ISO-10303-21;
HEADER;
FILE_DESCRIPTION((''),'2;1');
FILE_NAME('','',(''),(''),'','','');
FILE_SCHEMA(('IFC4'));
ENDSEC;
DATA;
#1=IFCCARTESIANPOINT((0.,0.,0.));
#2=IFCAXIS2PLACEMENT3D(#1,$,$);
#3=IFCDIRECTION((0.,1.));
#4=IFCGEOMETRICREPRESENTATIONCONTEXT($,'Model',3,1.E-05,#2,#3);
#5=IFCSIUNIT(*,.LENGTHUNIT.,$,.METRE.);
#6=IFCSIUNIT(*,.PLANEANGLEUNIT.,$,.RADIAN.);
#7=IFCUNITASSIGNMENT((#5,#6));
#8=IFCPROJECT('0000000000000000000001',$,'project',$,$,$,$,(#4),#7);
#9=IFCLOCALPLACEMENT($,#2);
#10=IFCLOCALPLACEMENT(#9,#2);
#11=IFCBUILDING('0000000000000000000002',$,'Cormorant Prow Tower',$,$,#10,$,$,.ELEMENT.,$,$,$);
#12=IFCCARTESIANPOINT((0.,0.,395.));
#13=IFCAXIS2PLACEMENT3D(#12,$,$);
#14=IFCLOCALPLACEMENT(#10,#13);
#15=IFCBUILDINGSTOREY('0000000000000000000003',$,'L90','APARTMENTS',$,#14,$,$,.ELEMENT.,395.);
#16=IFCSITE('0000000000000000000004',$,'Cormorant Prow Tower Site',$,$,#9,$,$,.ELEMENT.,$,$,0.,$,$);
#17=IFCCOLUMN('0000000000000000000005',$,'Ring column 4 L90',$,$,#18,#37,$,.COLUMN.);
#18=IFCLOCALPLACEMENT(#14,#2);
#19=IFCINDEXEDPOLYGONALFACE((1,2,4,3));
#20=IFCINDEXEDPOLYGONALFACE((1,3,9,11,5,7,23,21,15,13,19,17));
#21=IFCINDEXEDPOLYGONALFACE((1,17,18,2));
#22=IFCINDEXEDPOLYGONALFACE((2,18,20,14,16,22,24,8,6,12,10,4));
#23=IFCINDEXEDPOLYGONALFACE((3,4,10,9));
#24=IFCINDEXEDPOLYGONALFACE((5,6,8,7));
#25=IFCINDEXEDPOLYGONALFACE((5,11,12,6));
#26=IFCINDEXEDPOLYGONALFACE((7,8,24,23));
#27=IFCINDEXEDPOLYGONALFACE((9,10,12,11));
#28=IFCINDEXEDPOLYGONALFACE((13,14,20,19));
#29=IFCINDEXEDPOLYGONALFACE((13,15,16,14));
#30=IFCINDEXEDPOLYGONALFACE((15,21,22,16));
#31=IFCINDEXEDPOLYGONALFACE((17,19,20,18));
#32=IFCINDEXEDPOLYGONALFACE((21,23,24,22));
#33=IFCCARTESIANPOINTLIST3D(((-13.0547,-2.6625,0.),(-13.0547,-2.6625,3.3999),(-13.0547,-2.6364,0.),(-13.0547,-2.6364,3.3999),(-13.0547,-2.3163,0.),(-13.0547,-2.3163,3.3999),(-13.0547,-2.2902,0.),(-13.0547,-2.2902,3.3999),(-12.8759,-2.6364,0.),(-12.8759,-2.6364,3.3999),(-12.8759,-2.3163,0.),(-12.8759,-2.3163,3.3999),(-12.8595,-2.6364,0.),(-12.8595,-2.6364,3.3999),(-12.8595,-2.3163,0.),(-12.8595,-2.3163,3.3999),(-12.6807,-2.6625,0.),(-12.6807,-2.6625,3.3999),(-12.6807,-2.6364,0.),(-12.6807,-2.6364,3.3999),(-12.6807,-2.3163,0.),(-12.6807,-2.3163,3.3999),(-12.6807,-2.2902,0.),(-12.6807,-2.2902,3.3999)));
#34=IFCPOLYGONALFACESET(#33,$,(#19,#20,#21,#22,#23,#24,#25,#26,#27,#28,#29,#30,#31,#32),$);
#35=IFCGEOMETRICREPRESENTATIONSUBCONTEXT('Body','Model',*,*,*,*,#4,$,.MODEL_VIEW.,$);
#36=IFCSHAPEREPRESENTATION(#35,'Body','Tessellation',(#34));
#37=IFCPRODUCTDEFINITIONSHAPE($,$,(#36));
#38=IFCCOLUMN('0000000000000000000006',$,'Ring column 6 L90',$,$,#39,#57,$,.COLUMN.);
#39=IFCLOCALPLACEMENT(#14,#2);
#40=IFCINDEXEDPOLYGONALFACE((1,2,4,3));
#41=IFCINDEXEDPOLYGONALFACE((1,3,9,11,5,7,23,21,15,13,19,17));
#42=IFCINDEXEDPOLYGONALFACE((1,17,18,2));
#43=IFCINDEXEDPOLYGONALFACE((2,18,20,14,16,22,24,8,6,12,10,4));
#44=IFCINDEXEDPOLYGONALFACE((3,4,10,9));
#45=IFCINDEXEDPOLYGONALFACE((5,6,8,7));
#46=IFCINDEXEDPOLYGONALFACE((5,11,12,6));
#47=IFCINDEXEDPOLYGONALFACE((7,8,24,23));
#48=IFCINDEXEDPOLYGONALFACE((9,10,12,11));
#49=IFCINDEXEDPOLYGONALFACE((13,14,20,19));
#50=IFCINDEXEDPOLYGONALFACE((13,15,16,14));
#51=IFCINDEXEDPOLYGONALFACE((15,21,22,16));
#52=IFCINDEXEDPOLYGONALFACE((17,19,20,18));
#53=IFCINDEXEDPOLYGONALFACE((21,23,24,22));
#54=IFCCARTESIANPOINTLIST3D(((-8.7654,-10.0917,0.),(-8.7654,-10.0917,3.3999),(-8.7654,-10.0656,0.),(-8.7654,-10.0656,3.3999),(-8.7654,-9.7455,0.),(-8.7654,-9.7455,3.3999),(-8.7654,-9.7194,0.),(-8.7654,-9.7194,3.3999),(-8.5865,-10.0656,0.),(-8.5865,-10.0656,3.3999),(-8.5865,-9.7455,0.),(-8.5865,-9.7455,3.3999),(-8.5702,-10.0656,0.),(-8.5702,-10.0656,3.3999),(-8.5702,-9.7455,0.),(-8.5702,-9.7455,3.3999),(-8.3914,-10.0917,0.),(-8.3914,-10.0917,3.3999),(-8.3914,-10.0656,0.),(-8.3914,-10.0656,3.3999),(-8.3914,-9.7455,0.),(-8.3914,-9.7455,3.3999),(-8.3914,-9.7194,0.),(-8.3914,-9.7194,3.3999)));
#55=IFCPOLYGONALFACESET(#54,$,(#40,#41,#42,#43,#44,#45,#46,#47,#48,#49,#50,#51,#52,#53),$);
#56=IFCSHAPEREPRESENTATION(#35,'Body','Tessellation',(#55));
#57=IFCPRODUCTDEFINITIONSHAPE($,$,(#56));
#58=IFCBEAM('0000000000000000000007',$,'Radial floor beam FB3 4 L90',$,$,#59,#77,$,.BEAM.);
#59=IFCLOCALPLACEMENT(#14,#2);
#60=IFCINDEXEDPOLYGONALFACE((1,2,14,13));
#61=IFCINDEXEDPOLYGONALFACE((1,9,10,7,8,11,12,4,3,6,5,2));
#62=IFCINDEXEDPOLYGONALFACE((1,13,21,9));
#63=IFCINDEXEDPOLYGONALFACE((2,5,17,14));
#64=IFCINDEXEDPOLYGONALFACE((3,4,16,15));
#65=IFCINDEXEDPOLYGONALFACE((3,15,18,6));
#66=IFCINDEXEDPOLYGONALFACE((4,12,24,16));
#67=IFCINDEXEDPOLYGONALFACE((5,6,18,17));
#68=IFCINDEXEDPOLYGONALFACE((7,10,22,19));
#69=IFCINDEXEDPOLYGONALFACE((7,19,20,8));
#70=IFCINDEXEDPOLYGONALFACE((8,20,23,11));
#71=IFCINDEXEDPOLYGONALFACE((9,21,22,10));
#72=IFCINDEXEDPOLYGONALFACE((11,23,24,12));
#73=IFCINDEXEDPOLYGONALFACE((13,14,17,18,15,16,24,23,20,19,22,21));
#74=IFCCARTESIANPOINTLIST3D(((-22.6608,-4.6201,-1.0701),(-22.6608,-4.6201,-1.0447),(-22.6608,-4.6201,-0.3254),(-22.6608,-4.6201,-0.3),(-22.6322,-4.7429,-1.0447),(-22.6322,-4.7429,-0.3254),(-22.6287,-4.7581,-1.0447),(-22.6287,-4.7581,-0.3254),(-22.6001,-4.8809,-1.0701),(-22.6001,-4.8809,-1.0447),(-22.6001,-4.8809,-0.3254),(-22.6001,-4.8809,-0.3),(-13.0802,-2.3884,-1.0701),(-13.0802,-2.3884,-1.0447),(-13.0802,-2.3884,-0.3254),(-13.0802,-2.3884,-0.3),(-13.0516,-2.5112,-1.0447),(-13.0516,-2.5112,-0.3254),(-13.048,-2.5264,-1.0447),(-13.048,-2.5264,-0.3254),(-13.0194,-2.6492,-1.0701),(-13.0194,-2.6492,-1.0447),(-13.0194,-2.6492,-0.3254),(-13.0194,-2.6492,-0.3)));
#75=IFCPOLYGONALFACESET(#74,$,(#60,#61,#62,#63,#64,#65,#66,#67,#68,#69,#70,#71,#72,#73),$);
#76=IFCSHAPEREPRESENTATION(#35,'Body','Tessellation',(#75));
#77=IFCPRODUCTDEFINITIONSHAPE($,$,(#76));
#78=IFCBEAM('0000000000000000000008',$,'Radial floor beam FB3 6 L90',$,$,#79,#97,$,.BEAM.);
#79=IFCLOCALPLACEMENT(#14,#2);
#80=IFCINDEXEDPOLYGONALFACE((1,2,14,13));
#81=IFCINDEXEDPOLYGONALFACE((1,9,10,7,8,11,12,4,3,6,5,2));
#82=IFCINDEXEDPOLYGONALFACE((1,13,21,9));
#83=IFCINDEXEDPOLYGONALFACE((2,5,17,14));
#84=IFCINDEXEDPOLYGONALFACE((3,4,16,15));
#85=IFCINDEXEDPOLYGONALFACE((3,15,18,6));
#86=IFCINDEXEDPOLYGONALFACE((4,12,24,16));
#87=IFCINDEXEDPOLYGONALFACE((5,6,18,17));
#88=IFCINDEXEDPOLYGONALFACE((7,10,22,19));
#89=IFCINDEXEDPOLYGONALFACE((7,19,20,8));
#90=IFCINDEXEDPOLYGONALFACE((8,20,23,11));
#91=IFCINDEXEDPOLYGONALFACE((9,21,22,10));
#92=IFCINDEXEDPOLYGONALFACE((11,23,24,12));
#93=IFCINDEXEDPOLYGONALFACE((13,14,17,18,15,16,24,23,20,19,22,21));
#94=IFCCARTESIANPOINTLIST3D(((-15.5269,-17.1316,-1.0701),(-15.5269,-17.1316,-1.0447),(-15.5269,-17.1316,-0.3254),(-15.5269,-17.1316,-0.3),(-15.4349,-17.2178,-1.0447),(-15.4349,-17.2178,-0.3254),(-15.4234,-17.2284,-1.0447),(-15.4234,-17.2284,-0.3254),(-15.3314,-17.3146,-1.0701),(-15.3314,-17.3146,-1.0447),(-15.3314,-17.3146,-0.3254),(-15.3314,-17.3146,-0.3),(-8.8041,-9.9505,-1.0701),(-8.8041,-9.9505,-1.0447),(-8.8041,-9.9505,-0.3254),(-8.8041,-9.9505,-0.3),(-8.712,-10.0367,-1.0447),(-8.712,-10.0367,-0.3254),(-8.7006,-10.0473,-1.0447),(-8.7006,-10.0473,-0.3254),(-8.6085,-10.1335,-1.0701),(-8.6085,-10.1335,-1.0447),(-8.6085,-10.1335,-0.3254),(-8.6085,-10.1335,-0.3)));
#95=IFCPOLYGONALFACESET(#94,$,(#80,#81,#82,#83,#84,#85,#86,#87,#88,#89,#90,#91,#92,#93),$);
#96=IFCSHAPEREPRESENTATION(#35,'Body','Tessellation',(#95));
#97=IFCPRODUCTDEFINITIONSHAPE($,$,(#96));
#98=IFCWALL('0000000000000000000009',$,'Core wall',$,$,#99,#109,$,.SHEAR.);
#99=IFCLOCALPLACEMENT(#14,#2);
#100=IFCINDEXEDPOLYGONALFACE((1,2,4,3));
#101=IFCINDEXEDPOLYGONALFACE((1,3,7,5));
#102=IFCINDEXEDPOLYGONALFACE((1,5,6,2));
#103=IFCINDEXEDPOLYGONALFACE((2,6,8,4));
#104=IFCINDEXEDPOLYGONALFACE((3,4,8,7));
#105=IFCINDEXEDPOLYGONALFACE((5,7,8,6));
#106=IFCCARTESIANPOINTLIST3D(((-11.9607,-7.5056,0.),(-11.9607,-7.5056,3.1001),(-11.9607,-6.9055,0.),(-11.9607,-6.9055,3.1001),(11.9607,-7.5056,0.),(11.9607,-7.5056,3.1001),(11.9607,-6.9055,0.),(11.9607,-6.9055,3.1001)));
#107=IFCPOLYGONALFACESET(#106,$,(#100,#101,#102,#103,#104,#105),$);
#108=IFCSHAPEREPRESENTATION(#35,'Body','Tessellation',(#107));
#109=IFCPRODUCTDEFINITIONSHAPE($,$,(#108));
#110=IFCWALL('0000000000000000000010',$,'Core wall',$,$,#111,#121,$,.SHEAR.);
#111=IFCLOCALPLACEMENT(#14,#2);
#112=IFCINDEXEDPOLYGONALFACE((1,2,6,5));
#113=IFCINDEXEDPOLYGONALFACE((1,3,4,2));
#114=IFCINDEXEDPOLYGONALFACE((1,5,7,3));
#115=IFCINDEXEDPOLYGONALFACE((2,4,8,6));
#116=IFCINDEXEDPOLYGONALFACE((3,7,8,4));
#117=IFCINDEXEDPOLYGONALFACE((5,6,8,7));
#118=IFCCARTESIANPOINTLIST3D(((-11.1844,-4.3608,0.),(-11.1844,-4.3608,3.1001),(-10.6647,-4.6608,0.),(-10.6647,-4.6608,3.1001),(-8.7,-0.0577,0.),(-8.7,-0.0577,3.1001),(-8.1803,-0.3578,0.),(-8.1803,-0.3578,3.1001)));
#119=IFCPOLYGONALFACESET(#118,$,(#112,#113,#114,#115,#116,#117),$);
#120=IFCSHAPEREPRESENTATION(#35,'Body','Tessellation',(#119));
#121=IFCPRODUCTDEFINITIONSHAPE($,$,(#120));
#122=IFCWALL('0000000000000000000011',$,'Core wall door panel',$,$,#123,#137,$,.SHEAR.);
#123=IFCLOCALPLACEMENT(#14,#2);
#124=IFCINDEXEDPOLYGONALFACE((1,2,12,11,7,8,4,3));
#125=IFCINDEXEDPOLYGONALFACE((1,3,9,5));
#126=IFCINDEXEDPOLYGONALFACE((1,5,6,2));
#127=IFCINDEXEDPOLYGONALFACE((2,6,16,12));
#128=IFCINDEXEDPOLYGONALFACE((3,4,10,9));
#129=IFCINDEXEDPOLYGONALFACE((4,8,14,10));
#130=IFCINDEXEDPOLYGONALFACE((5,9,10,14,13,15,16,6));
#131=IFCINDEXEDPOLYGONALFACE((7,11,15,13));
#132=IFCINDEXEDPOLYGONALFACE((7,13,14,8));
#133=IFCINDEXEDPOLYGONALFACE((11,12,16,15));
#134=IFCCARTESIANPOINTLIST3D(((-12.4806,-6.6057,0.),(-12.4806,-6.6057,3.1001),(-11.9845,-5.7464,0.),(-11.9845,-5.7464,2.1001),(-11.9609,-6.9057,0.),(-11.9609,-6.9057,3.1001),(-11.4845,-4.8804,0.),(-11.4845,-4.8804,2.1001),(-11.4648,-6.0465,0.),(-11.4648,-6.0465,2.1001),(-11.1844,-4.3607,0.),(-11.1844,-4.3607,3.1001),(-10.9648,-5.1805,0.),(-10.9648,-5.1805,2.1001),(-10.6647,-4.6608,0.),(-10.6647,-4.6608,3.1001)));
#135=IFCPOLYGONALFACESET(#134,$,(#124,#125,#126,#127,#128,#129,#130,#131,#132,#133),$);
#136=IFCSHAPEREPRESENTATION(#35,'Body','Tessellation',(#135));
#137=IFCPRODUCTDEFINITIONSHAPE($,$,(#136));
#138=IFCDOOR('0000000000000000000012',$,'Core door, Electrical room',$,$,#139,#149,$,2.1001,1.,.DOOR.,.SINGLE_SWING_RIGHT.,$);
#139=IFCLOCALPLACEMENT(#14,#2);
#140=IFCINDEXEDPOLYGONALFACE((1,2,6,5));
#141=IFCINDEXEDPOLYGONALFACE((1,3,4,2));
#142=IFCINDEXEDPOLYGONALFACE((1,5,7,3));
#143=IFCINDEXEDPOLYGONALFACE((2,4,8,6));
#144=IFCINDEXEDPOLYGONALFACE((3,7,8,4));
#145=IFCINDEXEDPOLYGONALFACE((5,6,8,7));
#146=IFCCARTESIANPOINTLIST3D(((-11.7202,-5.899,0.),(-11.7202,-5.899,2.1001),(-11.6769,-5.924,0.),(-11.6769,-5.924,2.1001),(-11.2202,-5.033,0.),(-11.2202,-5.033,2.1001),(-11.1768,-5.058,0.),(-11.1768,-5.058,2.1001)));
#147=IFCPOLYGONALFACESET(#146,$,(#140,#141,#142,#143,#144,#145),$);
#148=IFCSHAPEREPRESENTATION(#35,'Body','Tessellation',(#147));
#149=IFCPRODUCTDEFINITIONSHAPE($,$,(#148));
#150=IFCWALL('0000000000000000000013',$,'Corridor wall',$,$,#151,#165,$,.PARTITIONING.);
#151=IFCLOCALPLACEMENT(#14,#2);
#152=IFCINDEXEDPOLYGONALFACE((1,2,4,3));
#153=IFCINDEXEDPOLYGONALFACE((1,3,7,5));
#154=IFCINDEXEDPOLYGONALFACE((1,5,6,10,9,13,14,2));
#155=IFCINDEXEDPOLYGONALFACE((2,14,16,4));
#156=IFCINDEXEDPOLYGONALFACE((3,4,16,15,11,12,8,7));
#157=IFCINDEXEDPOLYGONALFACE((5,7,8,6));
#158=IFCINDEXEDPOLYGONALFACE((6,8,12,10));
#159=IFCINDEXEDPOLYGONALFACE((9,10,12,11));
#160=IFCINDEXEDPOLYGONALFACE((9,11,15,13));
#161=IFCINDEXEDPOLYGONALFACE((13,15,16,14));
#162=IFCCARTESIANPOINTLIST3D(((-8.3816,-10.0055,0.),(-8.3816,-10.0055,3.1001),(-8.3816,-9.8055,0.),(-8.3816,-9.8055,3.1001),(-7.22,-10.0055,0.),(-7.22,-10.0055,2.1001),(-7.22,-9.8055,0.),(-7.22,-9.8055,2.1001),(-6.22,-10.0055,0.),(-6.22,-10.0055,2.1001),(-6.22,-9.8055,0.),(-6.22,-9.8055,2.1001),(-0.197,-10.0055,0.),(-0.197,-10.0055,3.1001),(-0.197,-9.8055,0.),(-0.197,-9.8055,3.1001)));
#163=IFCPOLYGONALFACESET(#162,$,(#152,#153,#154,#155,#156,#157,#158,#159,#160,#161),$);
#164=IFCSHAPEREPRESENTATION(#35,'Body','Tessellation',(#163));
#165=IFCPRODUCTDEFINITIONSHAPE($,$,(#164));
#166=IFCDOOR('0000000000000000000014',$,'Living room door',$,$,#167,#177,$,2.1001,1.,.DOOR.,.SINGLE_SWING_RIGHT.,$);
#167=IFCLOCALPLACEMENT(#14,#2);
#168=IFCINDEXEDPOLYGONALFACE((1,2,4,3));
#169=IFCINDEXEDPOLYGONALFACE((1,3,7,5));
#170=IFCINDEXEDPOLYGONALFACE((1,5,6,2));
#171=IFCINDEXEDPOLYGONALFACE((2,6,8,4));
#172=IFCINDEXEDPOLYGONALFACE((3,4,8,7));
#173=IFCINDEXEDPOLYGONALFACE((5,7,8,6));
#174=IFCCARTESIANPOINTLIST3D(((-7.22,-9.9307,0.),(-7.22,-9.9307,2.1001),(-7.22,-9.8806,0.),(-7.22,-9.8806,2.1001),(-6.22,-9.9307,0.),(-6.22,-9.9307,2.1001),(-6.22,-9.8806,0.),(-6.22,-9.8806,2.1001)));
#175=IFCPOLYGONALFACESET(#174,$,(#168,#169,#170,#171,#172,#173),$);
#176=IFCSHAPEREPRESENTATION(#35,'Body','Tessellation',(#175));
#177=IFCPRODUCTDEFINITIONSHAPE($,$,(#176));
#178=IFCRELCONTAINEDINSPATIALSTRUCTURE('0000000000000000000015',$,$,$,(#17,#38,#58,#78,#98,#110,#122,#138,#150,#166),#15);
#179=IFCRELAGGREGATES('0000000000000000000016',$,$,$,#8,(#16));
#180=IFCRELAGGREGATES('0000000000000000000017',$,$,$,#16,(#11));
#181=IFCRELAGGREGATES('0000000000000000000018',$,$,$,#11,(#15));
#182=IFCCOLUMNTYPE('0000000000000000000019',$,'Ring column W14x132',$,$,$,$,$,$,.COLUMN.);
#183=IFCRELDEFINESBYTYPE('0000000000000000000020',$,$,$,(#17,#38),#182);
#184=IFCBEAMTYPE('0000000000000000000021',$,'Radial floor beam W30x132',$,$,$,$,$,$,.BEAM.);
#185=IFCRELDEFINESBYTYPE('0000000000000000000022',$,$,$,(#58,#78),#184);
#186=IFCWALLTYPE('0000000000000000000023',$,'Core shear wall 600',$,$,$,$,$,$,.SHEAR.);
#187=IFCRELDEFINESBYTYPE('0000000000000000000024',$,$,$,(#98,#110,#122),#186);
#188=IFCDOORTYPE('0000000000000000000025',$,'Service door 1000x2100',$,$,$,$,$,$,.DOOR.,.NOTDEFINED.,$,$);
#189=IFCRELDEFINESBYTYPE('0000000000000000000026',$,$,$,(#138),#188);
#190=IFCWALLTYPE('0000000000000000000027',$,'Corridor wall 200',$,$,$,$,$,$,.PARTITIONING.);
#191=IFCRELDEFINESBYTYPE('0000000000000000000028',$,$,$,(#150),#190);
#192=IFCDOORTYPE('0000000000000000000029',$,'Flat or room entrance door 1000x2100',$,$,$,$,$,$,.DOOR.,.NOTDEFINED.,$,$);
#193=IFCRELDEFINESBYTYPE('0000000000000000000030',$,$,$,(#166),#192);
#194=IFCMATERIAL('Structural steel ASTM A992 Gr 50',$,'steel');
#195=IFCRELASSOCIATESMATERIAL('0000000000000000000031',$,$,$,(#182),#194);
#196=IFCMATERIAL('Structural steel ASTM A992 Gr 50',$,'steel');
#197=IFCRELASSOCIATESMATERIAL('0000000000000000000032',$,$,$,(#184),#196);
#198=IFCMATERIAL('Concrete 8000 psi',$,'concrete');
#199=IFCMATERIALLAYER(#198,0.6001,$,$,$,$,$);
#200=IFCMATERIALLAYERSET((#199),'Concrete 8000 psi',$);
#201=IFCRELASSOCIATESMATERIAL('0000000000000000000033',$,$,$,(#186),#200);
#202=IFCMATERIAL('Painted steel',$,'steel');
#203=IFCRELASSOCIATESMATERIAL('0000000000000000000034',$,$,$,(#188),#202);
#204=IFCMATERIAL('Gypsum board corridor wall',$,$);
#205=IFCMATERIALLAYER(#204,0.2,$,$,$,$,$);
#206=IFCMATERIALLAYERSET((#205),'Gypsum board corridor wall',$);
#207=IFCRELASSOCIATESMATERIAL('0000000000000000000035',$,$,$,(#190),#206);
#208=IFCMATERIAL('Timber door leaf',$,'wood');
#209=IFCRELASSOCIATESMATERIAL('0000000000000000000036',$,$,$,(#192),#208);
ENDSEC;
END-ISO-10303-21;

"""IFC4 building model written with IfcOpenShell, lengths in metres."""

from ifc_helpers import new_model, si_unit, direction, frame, frame_2d, origin, origin_2d, place, context, subcontext, project, spatial, rectangle, i_section, extrude, material, layer, layer_set, material_profile, profile_set, type_object, element, fill, save


model = new_model("IFC4")

# Units and contexts
model_context = context("Model", 3, precision=1e-05, world=origin(), true_north=direction((0.0, 1.0)))
body_context = subcontext(model_context, "Body", "Model", "MODEL_VIEW")
ifc_project = project(units=[si_unit("LENGTHUNIT", "METRE"), si_unit("PLANEANGLEUNIT", "RADIAN")], contexts=[model_context])

# Site, building, storey
site_placement = place(None, origin())
site = spatial("IfcSite", under=ifc_project, at=site_placement, Name="Cormorant Prow Tower Site", CompositionType="ELEMENT", RefElevation=0.0)
building_placement = place(site_placement, origin())
building = spatial("IfcBuilding", under=site, at=building_placement, Name="Cormorant Prow Tower", CompositionType="ELEMENT")
storey_placement = place(building_placement, frame((0.0, 0.0, 395.0)))
storey = spatial("IfcBuildingStorey", under=building, at=storey_placement, Name="L90", Description="APARTMENTS", CompositionType="ELEMENT", Elevation=395.0)

# Columns
ifc_material_1 = material(Name="Structural steel ASTM A992 Gr 50", Category="steel")
ifc_material_profile_1 = material_profile(ifc_material_1, i_section(OverallWidth=0.374, OverallDepth=0.3723, WebThickness=0.0164, FlangeThickness=0.0261, at=origin_2d()), Name="W14x132")
ifc_profile_set_1 = profile_set([ifc_material_profile_1], Name="Structural steel ASTM A992 Gr 50")
column_type = type_object("IfcColumnType", Name="Ring column W14x132", PredefinedType="COLUMN", material=ifc_profile_set_1)
for number, where, z_axis, x_axis, name in (
    (1, (-12.8677, -2.4763, 0.0), (0.0, 0.0, 1.0), (1.0, 0.0, 0.0), "Ring column 4 L90"),
    (2, (-8.5784, -9.9055, 0.0), (0.0, 0.0, 1.0), (1.0, 0.0, 0.0), "Ring column 6 L90"),
):
    element("IfcColumn", number, at=place(storey_placement, frame(where, z_axis=z_axis, x_axis=x_axis)), inside=storey, type_object=column_type, Name=name, PredefinedType="COLUMN", context=body_context, shape_type="SweptSolid", body=[
        extrude(i_section(OverallWidth=0.374, OverallDepth=0.3723, WebThickness=0.0164, FlangeThickness=0.0261, at=origin_2d()), origin(), (0.0, 0.0, 1.0), 3.3999),
    ])

# Beams
ifc_material_2 = material(Name="Structural steel ASTM A992 Gr 50", Category="steel")
ifc_material_profile_2 = material_profile(ifc_material_2, i_section(OverallWidth=0.2678, OverallDepth=0.77, WebThickness=0.0156, FlangeThickness=0.0254, at=origin_2d()), Name="W30x132")
ifc_profile_set_2 = profile_set([ifc_material_profile_2], Name="Structural steel ASTM A992 Gr 50")
beam_type = type_object("IfcBeamType", Name="Radial floor beam W30x132", PredefinedType="BEAM", material=ifc_profile_set_2)
beam_1_placement = place(storey_placement, frame((-13.0498, -2.5188, -0.6851), z_axis=(-0.973926, -0.226866, 0.0), x_axis=(0.226866, -0.973926, 0.0)))
element("IfcBeam", 3, at=beam_1_placement, inside=storey, type_object=beam_type, Name="Radial floor beam FB3 4 L90", PredefinedType="BEAM", context=body_context, shape_type="SweptSolid", body=[
    extrude(i_section(OverallWidth=0.2678, OverallDepth=0.77, WebThickness=0.0156, FlangeThickness=0.0254, at=origin_2d()), origin(), (0.0, 0.0, 1.0), 9.8372),
])
beam_2_placement = place(storey_placement, frame((-8.7063, -10.042, -0.6851), z_axis=(-0.683431, -0.730015, 0.0), x_axis=(0.730015, -0.683431, 0.0)))
element("IfcBeam", 4, at=beam_2_placement, inside=storey, type_object=beam_type, Name="Radial floor beam FB3 6 L90", PredefinedType="BEAM", context=body_context, shape_type="SweptSolid", body=[
    extrude(i_section(OverallWidth=0.2678, OverallDepth=0.77, WebThickness=0.0156, FlangeThickness=0.0254, at=origin_2d()), origin(), (0.0, 0.0, 1.0), 9.8369),
])

# Walls
ifc_material_3 = material(Name="Concrete 8000 psi", Category="concrete")
ifc_layer_1 = layer(ifc_material_3, 0.6001)
ifc_layer_set_1 = layer_set([ifc_layer_1], Name="Concrete 8000 psi")
wall_type_1 = type_object("IfcWallType", Name="Core shear wall 600", PredefinedType="SHEAR", material=ifc_layer_set_1)
wall_1_placement = place(storey_placement, frame((-11.9607, -7.2056, 0.0), z_axis=(0.0, 0.0, 1.0), x_axis=(1.0, 0.0, 0.0)))
element("IfcWall", 5, at=wall_1_placement, inside=storey, type_object=wall_type_1, Name="Core wall", PredefinedType="SHEAR", context=body_context, shape_type="SweptSolid", body=[
    extrude(rectangle(XDim=23.9214, YDim=0.6001, at=frame_2d((11.9607, 0.0))), origin(), (0.0, 0.0, 1.0), 3.1001),
])
wall_2_placement = place(storey_placement, frame((-8.4402, -0.2078, 0.0), z_axis=(0.0, 0.0, 1.0), x_axis=(-0.500007, -0.866021, 0.0)))
element("IfcWall", 6, at=wall_2_placement, inside=storey, type_object=wall_type_1, Name="Core wall", PredefinedType="SHEAR", context=body_context, shape_type="SweptSolid", body=[
    extrude(rectangle(XDim=4.9688, YDim=0.6001, at=frame_2d((2.4844, 0.0))), origin(), (0.0, 0.0, 1.0), 3.1001),
])

# Walls, openings, doors
wall_3_placement = place(storey_placement, frame((-10.9246, -4.5107, 0.0), z_axis=(0.0, 0.0, 1.0), x_axis=(-0.500019, -0.866015, 0.0)))
wall_3 = element("IfcWall", 7, at=wall_3_placement, inside=storey, type_object=wall_type_1, Name="Core wall door panel", PredefinedType="SHEAR", context=body_context, shape_type="SweptSolid", body=[
    extrude(rectangle(XDim=2.5923, YDim=0.6001, at=frame_2d((1.2961, 0.0))), origin(), (0.0, 0.0, 1.0), 3.1001),
])
opening_1_placement = place(wall_3_placement, frame((0.6001, 0.0, 0.0)))
opening_1 = element("IfcOpeningElement", 8, at=opening_1_placement, cuts=wall_3, PredefinedType="OPENING", context=body_context, shape_type="SweptSolid", body=[
    extrude(rectangle(XDim=1.0, YDim=2.1001, at=frame_2d((0.5, 1.05))), frame((0.0, 0.3101, 0.0), z_axis=(0.0, -1.0, 0.0), x_axis=(1.0, 0.0, 0.0)), (0.0, 0.0, 1.0), 0.6201),
])
ifc_material_4 = material(Name="Painted steel", Category="steel")
door_type_1 = type_object("IfcDoorType", Name="Service door 1000x2100", OperationType="NOTDEFINED", PredefinedType="DOOR", material=ifc_material_4)
door_1_placement = place(opening_1_placement, origin())
door_1 = element("IfcDoor", 9, at=door_1_placement, inside=storey, type_object=door_type_1, Name="Core door, Electrical room", OperationType="SINGLE_SWING_RIGHT", OverallHeight=2.1001, OverallWidth=1.0, PredefinedType="DOOR", context=body_context, shape_type="SweptSolid", body=[
    extrude(rectangle(XDim=1.0, YDim=2.1001, at=frame_2d((0.5, 1.05))), frame((0.0, 0.0552, 0.0), z_axis=(0.0, -1.0, 0.0), x_axis=(1.0, 0.0, 0.0)), (0.0, 0.0, 1.0), 0.05),
])
fill(opening_1, door_1)
ifc_material_5 = material(Name="Gypsum board corridor wall")
ifc_layer_2 = layer(ifc_material_5, 0.2)
ifc_layer_set_2 = layer_set([ifc_layer_2], Name="Gypsum board corridor wall")
wall_type_2 = type_object("IfcWallType", Name="Corridor wall 200", PredefinedType="PARTITIONING", material=ifc_layer_set_2)
wall_4_placement = place(storey_placement, frame((-8.3816, -9.9055, 0.0), z_axis=(0.0, 0.0, 1.0), x_axis=(1.0, 0.0, 0.0)))
wall_4 = element("IfcWall", 10, at=wall_4_placement, inside=storey, type_object=wall_type_2, Name="Corridor wall", PredefinedType="PARTITIONING", context=body_context, shape_type="SweptSolid", body=[
    extrude(rectangle(XDim=8.1846, YDim=0.2, at=frame_2d((4.0923, 0.0))), origin(), (0.0, 0.0, 1.0), 3.1001),
])
opening_2_placement = place(wall_4_placement, frame((1.1616, 0.0, 0.0)))
opening_2 = element("IfcOpeningElement", 11, at=opening_2_placement, cuts=wall_4, PredefinedType="OPENING", context=body_context, shape_type="SweptSolid", body=[
    extrude(rectangle(XDim=1.0, YDim=2.1001, at=frame_2d((0.5, 1.05))), frame((0.0, 0.1099, 0.0), z_axis=(0.0, -1.0, 0.0), x_axis=(1.0, 0.0, 0.0)), (0.0, 0.0, 1.0), 0.22),
])
ifc_material_6 = material(Name="Timber door leaf", Category="wood")
door_type_2 = type_object("IfcDoorType", Name="Flat or room entrance door 1000x2100", OperationType="NOTDEFINED", PredefinedType="DOOR", material=ifc_material_6)
door_2_placement = place(opening_2_placement, origin())
door_2 = element("IfcDoor", 12, at=door_2_placement, inside=storey, type_object=door_type_2, Name="Living room door", OperationType="SINGLE_SWING_RIGHT", OverallHeight=2.1001, OverallWidth=1.0, PredefinedType="DOOR", context=body_context, shape_type="SweptSolid", body=[
    extrude(rectangle(XDim=1.0, YDim=2.1001, at=frame_2d((0.5, 1.05))), frame((0.0, 0.0249, 0.0), z_axis=(0.0, -1.0, 0.0), x_axis=(1.0, 0.0, 0.0)), (0.0, 0.0, 1.0), 0.05),
])
fill(opening_2, door_2)

save(model, "model.ifc")
